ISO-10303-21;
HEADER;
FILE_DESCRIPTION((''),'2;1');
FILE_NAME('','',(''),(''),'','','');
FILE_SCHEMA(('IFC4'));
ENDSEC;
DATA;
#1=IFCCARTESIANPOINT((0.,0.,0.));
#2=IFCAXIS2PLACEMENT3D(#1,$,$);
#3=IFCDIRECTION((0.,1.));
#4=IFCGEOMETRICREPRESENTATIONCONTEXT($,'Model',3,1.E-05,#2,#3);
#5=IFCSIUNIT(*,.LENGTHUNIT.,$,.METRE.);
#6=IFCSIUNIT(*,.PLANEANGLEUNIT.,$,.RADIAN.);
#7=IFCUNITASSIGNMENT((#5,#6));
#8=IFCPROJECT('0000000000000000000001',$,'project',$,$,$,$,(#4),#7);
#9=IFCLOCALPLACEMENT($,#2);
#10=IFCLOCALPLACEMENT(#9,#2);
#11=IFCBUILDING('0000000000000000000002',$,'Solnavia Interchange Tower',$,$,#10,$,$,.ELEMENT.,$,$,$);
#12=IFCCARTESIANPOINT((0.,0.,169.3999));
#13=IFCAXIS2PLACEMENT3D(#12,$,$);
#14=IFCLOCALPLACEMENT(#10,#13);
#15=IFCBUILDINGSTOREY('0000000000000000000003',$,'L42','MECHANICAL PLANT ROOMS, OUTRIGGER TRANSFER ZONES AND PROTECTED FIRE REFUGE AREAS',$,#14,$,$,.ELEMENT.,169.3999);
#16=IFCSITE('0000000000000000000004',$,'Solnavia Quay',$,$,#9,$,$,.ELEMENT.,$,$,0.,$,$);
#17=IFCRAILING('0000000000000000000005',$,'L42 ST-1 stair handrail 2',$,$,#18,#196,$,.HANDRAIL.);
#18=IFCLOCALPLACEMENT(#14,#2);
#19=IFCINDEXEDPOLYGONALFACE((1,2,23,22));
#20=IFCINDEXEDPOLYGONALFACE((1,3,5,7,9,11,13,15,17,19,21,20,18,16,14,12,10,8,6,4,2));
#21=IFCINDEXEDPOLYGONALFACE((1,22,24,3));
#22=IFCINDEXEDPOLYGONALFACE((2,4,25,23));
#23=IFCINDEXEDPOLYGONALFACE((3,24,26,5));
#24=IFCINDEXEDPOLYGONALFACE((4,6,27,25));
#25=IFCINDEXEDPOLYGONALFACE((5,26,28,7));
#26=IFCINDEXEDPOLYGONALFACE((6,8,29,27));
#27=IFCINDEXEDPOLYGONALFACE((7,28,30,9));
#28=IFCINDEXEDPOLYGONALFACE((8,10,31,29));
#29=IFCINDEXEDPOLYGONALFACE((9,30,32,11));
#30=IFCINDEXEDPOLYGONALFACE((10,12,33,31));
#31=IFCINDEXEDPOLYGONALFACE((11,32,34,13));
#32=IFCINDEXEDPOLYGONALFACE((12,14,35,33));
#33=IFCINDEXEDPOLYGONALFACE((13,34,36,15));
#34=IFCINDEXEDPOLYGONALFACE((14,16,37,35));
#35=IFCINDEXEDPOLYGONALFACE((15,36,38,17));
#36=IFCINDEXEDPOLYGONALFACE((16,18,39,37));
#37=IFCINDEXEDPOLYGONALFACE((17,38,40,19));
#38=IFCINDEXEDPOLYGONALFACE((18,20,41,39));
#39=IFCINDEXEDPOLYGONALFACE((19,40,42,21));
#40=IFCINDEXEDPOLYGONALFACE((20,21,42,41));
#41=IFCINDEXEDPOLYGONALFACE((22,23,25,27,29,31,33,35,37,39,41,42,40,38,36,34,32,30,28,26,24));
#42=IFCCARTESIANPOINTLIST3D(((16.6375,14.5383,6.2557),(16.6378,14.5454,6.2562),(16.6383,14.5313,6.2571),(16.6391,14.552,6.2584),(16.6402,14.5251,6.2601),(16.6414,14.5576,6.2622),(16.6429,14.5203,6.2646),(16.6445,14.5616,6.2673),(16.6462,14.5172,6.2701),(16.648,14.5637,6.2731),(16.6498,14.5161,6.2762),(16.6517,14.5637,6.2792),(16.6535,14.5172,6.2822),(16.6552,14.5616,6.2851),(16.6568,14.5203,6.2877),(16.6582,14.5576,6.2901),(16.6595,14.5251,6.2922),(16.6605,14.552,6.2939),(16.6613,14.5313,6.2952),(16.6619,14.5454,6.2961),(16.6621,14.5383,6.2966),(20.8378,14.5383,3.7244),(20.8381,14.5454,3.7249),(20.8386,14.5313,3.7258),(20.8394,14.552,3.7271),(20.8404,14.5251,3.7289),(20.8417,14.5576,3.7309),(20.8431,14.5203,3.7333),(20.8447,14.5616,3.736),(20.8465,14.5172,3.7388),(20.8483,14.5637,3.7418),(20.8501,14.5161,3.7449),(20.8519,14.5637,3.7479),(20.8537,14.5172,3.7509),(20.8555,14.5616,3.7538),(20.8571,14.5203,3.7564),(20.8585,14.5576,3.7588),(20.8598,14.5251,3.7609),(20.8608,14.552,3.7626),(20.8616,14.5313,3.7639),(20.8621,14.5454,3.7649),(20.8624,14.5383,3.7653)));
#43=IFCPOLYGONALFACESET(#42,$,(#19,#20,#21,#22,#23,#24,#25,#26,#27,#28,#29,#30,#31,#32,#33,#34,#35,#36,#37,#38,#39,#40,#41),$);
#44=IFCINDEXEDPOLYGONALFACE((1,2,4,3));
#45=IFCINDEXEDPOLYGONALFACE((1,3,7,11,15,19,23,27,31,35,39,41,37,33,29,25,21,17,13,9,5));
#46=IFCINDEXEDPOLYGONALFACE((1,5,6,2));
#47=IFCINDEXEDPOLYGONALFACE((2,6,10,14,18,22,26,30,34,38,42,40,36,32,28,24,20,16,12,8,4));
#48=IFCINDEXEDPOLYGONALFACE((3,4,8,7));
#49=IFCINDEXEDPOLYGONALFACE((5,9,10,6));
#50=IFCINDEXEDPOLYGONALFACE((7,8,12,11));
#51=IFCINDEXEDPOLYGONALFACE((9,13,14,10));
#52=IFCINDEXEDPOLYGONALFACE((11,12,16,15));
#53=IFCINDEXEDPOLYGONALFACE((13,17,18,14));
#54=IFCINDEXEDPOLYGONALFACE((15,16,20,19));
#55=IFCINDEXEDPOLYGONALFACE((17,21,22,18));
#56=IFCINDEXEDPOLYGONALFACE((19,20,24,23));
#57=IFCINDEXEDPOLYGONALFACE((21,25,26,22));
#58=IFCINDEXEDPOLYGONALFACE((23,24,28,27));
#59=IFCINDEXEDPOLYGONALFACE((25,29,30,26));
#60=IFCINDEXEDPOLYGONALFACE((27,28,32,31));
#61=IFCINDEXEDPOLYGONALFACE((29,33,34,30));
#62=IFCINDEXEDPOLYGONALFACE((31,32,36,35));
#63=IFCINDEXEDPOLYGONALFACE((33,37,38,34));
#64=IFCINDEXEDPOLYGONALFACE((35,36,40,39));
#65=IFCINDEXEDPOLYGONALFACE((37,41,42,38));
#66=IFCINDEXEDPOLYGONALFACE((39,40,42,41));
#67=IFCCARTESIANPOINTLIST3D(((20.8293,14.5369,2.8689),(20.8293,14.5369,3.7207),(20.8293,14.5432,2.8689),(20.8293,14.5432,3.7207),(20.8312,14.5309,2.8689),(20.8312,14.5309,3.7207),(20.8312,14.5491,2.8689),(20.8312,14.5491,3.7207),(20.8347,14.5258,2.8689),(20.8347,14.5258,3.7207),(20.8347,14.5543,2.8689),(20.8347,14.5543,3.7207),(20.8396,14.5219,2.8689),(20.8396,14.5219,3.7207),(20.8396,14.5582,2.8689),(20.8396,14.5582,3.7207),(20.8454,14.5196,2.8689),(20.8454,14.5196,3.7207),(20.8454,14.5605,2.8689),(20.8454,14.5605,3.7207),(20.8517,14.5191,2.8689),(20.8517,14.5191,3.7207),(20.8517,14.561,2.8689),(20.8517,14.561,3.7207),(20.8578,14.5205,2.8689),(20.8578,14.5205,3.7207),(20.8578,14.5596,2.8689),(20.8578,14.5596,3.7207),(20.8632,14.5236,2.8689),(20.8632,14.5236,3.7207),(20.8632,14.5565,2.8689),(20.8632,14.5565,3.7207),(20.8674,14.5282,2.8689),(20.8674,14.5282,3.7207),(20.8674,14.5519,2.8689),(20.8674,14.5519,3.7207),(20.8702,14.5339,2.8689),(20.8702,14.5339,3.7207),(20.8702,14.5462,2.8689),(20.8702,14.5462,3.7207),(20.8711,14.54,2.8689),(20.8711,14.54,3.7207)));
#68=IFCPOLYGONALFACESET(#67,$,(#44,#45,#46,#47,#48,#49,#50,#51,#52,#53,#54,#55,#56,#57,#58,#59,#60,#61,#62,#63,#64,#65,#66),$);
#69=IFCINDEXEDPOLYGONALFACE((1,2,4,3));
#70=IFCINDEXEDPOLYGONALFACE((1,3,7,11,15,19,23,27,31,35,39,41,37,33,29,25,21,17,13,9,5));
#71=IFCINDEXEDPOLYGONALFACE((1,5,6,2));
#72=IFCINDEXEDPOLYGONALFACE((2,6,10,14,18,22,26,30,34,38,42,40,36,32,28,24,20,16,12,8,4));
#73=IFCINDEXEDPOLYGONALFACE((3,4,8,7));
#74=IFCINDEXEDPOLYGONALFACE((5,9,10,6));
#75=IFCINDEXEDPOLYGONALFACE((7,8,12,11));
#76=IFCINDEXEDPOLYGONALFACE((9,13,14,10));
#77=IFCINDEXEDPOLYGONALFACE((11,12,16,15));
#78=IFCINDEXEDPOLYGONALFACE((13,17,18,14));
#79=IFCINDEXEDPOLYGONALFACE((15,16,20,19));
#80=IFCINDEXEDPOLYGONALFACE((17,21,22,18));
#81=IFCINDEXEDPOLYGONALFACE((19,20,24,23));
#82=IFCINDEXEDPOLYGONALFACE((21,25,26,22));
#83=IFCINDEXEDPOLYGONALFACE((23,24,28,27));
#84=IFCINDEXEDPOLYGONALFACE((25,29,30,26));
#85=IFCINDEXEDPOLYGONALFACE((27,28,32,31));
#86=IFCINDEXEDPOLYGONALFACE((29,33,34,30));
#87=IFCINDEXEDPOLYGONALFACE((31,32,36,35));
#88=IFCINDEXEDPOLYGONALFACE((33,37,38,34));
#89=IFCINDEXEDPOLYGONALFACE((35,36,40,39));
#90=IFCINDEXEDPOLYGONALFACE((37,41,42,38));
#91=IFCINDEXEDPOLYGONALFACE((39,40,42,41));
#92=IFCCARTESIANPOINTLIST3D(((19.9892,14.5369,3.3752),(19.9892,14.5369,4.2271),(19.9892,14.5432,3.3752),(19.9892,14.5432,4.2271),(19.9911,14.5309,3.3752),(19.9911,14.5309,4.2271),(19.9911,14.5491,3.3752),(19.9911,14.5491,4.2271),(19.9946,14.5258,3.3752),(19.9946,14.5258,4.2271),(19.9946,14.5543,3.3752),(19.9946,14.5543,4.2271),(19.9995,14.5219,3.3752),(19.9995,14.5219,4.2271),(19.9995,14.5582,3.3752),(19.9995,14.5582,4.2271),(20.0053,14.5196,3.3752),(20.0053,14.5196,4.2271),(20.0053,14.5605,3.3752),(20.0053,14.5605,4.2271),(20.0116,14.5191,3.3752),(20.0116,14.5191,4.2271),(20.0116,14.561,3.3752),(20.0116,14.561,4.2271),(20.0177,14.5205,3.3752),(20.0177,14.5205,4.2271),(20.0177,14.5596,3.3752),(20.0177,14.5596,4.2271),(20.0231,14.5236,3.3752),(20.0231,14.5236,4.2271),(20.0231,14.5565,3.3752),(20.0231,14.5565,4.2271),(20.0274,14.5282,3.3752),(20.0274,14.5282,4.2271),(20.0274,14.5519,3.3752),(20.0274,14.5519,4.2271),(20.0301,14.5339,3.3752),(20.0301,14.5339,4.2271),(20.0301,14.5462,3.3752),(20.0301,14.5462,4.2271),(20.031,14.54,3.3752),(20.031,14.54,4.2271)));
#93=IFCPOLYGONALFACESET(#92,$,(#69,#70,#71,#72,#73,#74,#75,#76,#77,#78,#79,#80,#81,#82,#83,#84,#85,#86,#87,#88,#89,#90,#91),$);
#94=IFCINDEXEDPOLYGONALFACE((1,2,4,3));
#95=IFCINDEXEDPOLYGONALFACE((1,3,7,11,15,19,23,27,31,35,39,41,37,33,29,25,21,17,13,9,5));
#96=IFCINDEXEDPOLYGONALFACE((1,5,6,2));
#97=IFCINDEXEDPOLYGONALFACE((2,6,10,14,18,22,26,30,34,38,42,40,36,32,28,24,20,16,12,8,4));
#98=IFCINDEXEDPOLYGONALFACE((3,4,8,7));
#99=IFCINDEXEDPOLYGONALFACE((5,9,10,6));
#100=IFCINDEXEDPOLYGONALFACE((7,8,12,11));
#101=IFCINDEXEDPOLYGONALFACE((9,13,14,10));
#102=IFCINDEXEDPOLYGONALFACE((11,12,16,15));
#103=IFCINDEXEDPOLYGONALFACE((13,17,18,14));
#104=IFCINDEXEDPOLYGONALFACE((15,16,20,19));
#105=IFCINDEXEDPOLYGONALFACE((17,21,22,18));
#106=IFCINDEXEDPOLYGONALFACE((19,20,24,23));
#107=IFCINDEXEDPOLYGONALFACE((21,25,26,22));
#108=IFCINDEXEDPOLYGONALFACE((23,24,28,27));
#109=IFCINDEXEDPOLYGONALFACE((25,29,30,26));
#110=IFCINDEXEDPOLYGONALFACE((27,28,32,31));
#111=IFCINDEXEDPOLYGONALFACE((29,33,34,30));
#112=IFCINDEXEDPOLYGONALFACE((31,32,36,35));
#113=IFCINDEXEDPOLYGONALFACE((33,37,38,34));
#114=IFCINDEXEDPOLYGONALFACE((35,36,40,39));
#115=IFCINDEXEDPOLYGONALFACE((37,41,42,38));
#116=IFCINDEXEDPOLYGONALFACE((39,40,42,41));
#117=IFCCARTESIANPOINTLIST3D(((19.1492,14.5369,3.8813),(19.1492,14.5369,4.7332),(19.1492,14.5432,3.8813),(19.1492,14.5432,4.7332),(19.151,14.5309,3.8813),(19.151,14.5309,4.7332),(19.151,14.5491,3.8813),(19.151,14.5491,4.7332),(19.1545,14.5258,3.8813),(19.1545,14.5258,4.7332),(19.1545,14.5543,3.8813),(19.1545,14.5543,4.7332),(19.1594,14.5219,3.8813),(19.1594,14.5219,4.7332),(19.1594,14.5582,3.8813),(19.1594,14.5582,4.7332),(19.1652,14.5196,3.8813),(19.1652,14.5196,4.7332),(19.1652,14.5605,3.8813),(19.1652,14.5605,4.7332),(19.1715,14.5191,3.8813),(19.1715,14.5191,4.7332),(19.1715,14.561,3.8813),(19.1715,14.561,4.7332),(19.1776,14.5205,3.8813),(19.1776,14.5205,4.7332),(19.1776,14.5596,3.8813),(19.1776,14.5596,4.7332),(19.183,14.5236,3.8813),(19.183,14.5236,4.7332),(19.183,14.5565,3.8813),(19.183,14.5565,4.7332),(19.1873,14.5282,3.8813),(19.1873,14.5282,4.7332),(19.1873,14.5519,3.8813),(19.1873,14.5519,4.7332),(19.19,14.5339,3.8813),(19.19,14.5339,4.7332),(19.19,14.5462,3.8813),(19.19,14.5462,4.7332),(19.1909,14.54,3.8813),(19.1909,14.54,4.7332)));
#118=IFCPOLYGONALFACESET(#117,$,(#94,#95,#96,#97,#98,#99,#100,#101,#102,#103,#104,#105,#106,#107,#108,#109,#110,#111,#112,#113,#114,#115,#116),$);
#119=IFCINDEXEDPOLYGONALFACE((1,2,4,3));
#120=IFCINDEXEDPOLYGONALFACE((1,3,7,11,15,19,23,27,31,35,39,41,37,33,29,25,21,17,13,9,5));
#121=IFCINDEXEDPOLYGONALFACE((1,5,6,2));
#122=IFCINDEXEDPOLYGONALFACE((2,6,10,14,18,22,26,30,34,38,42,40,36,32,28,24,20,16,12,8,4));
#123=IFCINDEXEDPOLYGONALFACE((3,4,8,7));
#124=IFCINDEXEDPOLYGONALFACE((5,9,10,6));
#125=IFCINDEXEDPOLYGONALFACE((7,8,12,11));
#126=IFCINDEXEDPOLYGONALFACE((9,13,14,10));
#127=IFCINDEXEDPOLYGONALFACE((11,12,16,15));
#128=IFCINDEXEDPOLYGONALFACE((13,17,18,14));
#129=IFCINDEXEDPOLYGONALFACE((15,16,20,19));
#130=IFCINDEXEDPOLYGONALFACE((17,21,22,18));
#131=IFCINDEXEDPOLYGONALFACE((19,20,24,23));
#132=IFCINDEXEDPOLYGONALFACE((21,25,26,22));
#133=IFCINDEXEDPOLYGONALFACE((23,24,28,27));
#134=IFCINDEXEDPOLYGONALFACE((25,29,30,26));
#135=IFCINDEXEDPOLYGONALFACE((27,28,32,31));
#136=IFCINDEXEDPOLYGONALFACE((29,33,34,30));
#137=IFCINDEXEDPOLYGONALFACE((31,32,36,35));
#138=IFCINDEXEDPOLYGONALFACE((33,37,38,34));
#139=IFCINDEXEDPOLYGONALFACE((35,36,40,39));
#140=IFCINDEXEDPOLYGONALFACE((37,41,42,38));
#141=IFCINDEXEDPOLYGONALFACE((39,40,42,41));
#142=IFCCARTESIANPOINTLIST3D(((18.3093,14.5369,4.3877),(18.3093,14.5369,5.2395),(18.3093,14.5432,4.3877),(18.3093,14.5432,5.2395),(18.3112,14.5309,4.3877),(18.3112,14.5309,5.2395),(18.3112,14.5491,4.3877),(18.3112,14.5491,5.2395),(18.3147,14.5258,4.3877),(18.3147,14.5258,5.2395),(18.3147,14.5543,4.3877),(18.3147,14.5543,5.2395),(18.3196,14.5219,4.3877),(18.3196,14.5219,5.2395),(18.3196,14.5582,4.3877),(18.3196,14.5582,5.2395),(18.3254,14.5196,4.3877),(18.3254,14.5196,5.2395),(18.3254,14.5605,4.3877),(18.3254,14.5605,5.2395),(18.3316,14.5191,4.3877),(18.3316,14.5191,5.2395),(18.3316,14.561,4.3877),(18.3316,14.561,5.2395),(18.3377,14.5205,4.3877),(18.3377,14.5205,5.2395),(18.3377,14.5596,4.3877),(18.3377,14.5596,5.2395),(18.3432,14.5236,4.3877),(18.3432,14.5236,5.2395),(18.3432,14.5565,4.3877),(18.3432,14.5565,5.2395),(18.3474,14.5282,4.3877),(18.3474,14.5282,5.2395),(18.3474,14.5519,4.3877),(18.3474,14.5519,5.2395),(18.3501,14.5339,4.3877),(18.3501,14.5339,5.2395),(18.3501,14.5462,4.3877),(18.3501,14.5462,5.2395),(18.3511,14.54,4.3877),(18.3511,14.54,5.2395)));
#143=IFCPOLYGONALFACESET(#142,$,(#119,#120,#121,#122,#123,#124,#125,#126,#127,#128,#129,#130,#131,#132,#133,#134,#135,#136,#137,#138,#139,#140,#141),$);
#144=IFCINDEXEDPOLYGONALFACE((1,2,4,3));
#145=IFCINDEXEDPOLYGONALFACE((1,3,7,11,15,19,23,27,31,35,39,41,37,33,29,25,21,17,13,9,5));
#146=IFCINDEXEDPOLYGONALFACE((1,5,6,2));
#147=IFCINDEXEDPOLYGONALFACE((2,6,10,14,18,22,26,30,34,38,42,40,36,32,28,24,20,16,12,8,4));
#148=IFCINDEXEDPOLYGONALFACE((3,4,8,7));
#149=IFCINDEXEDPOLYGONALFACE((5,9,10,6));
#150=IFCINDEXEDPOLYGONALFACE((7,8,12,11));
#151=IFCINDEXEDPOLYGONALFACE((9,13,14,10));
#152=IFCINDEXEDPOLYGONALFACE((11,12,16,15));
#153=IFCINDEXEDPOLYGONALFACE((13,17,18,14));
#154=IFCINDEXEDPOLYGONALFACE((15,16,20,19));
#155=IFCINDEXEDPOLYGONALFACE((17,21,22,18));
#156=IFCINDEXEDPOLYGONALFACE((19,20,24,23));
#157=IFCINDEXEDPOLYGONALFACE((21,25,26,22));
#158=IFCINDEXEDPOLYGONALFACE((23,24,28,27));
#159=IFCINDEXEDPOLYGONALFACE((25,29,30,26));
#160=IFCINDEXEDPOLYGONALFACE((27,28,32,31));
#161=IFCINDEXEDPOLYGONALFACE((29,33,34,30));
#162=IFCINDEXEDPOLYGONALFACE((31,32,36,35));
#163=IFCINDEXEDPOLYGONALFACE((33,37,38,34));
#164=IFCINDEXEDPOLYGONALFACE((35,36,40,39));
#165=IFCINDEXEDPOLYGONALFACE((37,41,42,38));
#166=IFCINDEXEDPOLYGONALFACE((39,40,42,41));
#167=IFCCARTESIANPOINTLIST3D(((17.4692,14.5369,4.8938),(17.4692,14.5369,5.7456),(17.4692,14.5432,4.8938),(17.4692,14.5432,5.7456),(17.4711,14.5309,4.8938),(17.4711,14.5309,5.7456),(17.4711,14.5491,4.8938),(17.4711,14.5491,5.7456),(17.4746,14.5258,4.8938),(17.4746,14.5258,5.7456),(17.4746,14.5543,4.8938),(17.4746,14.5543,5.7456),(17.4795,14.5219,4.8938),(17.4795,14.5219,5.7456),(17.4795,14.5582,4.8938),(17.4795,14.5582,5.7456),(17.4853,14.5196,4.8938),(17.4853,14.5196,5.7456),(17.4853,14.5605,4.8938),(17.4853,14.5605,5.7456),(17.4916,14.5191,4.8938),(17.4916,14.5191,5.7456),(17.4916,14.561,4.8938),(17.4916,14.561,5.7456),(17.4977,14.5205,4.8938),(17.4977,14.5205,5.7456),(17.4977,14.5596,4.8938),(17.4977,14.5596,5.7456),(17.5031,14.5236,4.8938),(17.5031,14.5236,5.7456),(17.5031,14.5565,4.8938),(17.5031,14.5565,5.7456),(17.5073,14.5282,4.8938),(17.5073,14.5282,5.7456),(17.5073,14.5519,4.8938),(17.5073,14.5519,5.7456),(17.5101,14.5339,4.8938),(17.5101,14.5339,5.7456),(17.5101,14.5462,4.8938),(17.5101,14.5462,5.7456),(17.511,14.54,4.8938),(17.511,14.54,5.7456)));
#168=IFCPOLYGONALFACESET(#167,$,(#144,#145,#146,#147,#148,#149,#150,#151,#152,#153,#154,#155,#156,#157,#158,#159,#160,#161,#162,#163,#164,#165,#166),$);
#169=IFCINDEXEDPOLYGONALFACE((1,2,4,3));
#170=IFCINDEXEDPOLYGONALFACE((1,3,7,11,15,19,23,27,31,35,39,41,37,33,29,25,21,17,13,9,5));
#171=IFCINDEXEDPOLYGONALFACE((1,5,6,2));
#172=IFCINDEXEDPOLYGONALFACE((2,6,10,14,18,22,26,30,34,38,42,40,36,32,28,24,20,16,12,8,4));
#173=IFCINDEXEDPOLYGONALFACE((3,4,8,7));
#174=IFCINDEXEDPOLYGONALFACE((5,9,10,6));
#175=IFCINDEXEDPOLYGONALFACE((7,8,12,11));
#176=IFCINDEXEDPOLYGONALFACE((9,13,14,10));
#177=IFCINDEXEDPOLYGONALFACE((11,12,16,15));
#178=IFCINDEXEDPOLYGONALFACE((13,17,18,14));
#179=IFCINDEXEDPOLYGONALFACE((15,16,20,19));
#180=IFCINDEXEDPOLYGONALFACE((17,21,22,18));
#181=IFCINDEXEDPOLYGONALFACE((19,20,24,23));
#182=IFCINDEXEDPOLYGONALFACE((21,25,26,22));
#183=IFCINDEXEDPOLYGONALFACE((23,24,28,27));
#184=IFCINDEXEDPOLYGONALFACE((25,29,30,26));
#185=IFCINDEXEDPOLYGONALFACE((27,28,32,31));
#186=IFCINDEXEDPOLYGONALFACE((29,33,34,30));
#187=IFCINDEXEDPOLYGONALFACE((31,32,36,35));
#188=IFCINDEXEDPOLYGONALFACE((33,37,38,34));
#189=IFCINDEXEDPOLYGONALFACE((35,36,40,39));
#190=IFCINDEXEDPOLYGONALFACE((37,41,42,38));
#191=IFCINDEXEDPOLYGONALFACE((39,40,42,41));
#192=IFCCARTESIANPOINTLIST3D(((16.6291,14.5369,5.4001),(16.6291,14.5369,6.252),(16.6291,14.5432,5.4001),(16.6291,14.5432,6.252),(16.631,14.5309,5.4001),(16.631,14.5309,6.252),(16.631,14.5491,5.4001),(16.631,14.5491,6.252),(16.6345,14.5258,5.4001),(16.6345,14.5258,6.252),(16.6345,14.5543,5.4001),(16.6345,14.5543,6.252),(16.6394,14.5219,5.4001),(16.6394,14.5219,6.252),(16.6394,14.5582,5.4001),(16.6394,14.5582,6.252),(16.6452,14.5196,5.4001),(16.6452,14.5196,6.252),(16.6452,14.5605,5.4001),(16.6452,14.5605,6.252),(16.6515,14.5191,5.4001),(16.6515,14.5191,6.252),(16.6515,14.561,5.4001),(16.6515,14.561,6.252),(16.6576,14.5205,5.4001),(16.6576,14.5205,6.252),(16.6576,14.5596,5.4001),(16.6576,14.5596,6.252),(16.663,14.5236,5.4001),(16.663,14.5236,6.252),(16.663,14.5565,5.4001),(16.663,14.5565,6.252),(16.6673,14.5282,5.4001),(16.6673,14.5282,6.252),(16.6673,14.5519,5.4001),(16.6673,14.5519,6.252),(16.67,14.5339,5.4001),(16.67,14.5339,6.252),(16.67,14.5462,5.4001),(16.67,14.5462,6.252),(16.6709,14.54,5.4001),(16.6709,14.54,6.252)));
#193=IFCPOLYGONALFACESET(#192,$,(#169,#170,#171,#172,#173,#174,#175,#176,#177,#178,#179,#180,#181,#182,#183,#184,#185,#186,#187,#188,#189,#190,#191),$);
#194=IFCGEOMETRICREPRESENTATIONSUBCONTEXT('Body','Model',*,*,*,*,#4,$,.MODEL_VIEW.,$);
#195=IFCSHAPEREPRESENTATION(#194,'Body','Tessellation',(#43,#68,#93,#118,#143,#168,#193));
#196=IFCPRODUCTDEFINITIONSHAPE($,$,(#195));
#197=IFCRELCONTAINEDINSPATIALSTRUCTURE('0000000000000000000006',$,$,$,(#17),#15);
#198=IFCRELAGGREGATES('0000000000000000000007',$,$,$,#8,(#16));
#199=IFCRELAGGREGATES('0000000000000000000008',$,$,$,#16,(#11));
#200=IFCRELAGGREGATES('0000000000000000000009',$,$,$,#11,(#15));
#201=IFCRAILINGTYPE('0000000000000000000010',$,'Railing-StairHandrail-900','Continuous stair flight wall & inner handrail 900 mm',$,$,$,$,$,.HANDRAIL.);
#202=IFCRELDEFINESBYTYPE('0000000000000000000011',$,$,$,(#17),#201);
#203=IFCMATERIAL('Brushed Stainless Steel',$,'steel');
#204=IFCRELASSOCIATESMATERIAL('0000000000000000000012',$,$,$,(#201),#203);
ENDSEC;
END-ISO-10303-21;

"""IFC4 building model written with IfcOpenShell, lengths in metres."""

from ifc_helpers import new_model, si_unit, direction, frame, origin, origin_2d, place, context, subcontext, project, spatial, circle, extrude, material, type_object, element, save


model = new_model("IFC4")

# Units and contexts
model_context = context("Model", 3, precision=1e-05, world=origin(), true_north=direction((0.0, 1.0)))
body_context = subcontext(model_context, "Body", "Model", "MODEL_VIEW")
ifc_project = project(units=[si_unit("LENGTHUNIT", "METRE"), si_unit("PLANEANGLEUNIT", "RADIAN")], contexts=[model_context])

# Site, building, storey
site_placement = place(None, origin())
site = spatial("IfcSite", under=ifc_project, at=site_placement, Name="Solnavia Quay", CompositionType="ELEMENT", RefElevation=0.0)
building_placement = place(site_placement, origin())
building = spatial("IfcBuilding", under=site, at=building_placement, Name="Solnavia Interchange Tower", CompositionType="ELEMENT")
storey_placement = place(building_placement, frame((0.0, 0.0, 169.3999)))
storey = spatial("IfcBuildingStorey", under=building, at=storey_placement, Name="L42", Description="MECHANICAL PLANT ROOMS, OUTRIGGER TRANSFER ZONES AND PROTECTED FIRE REFUGE AREAS", CompositionType="ELEMENT", Elevation=169.3999)

# Railing
ifc_material_1 = material(Name="Brushed Stainless Steel", Category="steel")
railing_type_1 = type_object("IfcRailingType", Name="Railing-StairHandrail-900", Description="Continuous stair flight wall & inner handrail 900 mm", PredefinedType="HANDRAIL", material=ifc_material_1)
railing_1_placement = place(storey_placement, frame((20.8501, 14.54, 2.8689)))
element("IfcRailing", 1, at=railing_1_placement, inside=storey, type_object=railing_type_1, Name="L42 ST-1 stair handrail 2", PredefinedType="HANDRAIL", context=body_context, shape_type="SweptSolid", body=[
    extrude(circle(Radius=0.0239, at=origin_2d()), frame((0.0, 0.0, 0.876), z_axis=(-0.85649, 0.0, 0.516164), x_axis=(0.0, -1.0, 0.0)), (0.0, 0.0, 1.0), 4.9041),
    extrude(circle(Radius=0.021, at=origin_2d()), origin(), (0.0, 0.0, 1.0), 0.8518),
    extrude(circle(Radius=0.021, at=origin_2d()), frame((-0.8401, 0.0, 0.5063)), (0.0, 0.0, 1.0), 0.8518),
    extrude(circle(Radius=0.021, at=origin_2d()), frame((-1.6802, 0.0, 1.0125)), (0.0, 0.0, 1.0), 0.8518),
    extrude(circle(Radius=0.021, at=origin_2d()), frame((-2.52, 0.0, 1.5188)), (0.0, 0.0, 1.0), 0.8518),
    extrude(circle(Radius=0.021, at=origin_2d()), frame((-3.3601, 0.0, 2.0249)), (0.0, 0.0, 1.0), 0.8518),
    extrude(circle(Radius=0.021, at=origin_2d()), frame((-4.2002, 0.0, 2.5312)), (0.0, 0.0, 1.0), 0.8518),
])

save(model, "model.ifc")
